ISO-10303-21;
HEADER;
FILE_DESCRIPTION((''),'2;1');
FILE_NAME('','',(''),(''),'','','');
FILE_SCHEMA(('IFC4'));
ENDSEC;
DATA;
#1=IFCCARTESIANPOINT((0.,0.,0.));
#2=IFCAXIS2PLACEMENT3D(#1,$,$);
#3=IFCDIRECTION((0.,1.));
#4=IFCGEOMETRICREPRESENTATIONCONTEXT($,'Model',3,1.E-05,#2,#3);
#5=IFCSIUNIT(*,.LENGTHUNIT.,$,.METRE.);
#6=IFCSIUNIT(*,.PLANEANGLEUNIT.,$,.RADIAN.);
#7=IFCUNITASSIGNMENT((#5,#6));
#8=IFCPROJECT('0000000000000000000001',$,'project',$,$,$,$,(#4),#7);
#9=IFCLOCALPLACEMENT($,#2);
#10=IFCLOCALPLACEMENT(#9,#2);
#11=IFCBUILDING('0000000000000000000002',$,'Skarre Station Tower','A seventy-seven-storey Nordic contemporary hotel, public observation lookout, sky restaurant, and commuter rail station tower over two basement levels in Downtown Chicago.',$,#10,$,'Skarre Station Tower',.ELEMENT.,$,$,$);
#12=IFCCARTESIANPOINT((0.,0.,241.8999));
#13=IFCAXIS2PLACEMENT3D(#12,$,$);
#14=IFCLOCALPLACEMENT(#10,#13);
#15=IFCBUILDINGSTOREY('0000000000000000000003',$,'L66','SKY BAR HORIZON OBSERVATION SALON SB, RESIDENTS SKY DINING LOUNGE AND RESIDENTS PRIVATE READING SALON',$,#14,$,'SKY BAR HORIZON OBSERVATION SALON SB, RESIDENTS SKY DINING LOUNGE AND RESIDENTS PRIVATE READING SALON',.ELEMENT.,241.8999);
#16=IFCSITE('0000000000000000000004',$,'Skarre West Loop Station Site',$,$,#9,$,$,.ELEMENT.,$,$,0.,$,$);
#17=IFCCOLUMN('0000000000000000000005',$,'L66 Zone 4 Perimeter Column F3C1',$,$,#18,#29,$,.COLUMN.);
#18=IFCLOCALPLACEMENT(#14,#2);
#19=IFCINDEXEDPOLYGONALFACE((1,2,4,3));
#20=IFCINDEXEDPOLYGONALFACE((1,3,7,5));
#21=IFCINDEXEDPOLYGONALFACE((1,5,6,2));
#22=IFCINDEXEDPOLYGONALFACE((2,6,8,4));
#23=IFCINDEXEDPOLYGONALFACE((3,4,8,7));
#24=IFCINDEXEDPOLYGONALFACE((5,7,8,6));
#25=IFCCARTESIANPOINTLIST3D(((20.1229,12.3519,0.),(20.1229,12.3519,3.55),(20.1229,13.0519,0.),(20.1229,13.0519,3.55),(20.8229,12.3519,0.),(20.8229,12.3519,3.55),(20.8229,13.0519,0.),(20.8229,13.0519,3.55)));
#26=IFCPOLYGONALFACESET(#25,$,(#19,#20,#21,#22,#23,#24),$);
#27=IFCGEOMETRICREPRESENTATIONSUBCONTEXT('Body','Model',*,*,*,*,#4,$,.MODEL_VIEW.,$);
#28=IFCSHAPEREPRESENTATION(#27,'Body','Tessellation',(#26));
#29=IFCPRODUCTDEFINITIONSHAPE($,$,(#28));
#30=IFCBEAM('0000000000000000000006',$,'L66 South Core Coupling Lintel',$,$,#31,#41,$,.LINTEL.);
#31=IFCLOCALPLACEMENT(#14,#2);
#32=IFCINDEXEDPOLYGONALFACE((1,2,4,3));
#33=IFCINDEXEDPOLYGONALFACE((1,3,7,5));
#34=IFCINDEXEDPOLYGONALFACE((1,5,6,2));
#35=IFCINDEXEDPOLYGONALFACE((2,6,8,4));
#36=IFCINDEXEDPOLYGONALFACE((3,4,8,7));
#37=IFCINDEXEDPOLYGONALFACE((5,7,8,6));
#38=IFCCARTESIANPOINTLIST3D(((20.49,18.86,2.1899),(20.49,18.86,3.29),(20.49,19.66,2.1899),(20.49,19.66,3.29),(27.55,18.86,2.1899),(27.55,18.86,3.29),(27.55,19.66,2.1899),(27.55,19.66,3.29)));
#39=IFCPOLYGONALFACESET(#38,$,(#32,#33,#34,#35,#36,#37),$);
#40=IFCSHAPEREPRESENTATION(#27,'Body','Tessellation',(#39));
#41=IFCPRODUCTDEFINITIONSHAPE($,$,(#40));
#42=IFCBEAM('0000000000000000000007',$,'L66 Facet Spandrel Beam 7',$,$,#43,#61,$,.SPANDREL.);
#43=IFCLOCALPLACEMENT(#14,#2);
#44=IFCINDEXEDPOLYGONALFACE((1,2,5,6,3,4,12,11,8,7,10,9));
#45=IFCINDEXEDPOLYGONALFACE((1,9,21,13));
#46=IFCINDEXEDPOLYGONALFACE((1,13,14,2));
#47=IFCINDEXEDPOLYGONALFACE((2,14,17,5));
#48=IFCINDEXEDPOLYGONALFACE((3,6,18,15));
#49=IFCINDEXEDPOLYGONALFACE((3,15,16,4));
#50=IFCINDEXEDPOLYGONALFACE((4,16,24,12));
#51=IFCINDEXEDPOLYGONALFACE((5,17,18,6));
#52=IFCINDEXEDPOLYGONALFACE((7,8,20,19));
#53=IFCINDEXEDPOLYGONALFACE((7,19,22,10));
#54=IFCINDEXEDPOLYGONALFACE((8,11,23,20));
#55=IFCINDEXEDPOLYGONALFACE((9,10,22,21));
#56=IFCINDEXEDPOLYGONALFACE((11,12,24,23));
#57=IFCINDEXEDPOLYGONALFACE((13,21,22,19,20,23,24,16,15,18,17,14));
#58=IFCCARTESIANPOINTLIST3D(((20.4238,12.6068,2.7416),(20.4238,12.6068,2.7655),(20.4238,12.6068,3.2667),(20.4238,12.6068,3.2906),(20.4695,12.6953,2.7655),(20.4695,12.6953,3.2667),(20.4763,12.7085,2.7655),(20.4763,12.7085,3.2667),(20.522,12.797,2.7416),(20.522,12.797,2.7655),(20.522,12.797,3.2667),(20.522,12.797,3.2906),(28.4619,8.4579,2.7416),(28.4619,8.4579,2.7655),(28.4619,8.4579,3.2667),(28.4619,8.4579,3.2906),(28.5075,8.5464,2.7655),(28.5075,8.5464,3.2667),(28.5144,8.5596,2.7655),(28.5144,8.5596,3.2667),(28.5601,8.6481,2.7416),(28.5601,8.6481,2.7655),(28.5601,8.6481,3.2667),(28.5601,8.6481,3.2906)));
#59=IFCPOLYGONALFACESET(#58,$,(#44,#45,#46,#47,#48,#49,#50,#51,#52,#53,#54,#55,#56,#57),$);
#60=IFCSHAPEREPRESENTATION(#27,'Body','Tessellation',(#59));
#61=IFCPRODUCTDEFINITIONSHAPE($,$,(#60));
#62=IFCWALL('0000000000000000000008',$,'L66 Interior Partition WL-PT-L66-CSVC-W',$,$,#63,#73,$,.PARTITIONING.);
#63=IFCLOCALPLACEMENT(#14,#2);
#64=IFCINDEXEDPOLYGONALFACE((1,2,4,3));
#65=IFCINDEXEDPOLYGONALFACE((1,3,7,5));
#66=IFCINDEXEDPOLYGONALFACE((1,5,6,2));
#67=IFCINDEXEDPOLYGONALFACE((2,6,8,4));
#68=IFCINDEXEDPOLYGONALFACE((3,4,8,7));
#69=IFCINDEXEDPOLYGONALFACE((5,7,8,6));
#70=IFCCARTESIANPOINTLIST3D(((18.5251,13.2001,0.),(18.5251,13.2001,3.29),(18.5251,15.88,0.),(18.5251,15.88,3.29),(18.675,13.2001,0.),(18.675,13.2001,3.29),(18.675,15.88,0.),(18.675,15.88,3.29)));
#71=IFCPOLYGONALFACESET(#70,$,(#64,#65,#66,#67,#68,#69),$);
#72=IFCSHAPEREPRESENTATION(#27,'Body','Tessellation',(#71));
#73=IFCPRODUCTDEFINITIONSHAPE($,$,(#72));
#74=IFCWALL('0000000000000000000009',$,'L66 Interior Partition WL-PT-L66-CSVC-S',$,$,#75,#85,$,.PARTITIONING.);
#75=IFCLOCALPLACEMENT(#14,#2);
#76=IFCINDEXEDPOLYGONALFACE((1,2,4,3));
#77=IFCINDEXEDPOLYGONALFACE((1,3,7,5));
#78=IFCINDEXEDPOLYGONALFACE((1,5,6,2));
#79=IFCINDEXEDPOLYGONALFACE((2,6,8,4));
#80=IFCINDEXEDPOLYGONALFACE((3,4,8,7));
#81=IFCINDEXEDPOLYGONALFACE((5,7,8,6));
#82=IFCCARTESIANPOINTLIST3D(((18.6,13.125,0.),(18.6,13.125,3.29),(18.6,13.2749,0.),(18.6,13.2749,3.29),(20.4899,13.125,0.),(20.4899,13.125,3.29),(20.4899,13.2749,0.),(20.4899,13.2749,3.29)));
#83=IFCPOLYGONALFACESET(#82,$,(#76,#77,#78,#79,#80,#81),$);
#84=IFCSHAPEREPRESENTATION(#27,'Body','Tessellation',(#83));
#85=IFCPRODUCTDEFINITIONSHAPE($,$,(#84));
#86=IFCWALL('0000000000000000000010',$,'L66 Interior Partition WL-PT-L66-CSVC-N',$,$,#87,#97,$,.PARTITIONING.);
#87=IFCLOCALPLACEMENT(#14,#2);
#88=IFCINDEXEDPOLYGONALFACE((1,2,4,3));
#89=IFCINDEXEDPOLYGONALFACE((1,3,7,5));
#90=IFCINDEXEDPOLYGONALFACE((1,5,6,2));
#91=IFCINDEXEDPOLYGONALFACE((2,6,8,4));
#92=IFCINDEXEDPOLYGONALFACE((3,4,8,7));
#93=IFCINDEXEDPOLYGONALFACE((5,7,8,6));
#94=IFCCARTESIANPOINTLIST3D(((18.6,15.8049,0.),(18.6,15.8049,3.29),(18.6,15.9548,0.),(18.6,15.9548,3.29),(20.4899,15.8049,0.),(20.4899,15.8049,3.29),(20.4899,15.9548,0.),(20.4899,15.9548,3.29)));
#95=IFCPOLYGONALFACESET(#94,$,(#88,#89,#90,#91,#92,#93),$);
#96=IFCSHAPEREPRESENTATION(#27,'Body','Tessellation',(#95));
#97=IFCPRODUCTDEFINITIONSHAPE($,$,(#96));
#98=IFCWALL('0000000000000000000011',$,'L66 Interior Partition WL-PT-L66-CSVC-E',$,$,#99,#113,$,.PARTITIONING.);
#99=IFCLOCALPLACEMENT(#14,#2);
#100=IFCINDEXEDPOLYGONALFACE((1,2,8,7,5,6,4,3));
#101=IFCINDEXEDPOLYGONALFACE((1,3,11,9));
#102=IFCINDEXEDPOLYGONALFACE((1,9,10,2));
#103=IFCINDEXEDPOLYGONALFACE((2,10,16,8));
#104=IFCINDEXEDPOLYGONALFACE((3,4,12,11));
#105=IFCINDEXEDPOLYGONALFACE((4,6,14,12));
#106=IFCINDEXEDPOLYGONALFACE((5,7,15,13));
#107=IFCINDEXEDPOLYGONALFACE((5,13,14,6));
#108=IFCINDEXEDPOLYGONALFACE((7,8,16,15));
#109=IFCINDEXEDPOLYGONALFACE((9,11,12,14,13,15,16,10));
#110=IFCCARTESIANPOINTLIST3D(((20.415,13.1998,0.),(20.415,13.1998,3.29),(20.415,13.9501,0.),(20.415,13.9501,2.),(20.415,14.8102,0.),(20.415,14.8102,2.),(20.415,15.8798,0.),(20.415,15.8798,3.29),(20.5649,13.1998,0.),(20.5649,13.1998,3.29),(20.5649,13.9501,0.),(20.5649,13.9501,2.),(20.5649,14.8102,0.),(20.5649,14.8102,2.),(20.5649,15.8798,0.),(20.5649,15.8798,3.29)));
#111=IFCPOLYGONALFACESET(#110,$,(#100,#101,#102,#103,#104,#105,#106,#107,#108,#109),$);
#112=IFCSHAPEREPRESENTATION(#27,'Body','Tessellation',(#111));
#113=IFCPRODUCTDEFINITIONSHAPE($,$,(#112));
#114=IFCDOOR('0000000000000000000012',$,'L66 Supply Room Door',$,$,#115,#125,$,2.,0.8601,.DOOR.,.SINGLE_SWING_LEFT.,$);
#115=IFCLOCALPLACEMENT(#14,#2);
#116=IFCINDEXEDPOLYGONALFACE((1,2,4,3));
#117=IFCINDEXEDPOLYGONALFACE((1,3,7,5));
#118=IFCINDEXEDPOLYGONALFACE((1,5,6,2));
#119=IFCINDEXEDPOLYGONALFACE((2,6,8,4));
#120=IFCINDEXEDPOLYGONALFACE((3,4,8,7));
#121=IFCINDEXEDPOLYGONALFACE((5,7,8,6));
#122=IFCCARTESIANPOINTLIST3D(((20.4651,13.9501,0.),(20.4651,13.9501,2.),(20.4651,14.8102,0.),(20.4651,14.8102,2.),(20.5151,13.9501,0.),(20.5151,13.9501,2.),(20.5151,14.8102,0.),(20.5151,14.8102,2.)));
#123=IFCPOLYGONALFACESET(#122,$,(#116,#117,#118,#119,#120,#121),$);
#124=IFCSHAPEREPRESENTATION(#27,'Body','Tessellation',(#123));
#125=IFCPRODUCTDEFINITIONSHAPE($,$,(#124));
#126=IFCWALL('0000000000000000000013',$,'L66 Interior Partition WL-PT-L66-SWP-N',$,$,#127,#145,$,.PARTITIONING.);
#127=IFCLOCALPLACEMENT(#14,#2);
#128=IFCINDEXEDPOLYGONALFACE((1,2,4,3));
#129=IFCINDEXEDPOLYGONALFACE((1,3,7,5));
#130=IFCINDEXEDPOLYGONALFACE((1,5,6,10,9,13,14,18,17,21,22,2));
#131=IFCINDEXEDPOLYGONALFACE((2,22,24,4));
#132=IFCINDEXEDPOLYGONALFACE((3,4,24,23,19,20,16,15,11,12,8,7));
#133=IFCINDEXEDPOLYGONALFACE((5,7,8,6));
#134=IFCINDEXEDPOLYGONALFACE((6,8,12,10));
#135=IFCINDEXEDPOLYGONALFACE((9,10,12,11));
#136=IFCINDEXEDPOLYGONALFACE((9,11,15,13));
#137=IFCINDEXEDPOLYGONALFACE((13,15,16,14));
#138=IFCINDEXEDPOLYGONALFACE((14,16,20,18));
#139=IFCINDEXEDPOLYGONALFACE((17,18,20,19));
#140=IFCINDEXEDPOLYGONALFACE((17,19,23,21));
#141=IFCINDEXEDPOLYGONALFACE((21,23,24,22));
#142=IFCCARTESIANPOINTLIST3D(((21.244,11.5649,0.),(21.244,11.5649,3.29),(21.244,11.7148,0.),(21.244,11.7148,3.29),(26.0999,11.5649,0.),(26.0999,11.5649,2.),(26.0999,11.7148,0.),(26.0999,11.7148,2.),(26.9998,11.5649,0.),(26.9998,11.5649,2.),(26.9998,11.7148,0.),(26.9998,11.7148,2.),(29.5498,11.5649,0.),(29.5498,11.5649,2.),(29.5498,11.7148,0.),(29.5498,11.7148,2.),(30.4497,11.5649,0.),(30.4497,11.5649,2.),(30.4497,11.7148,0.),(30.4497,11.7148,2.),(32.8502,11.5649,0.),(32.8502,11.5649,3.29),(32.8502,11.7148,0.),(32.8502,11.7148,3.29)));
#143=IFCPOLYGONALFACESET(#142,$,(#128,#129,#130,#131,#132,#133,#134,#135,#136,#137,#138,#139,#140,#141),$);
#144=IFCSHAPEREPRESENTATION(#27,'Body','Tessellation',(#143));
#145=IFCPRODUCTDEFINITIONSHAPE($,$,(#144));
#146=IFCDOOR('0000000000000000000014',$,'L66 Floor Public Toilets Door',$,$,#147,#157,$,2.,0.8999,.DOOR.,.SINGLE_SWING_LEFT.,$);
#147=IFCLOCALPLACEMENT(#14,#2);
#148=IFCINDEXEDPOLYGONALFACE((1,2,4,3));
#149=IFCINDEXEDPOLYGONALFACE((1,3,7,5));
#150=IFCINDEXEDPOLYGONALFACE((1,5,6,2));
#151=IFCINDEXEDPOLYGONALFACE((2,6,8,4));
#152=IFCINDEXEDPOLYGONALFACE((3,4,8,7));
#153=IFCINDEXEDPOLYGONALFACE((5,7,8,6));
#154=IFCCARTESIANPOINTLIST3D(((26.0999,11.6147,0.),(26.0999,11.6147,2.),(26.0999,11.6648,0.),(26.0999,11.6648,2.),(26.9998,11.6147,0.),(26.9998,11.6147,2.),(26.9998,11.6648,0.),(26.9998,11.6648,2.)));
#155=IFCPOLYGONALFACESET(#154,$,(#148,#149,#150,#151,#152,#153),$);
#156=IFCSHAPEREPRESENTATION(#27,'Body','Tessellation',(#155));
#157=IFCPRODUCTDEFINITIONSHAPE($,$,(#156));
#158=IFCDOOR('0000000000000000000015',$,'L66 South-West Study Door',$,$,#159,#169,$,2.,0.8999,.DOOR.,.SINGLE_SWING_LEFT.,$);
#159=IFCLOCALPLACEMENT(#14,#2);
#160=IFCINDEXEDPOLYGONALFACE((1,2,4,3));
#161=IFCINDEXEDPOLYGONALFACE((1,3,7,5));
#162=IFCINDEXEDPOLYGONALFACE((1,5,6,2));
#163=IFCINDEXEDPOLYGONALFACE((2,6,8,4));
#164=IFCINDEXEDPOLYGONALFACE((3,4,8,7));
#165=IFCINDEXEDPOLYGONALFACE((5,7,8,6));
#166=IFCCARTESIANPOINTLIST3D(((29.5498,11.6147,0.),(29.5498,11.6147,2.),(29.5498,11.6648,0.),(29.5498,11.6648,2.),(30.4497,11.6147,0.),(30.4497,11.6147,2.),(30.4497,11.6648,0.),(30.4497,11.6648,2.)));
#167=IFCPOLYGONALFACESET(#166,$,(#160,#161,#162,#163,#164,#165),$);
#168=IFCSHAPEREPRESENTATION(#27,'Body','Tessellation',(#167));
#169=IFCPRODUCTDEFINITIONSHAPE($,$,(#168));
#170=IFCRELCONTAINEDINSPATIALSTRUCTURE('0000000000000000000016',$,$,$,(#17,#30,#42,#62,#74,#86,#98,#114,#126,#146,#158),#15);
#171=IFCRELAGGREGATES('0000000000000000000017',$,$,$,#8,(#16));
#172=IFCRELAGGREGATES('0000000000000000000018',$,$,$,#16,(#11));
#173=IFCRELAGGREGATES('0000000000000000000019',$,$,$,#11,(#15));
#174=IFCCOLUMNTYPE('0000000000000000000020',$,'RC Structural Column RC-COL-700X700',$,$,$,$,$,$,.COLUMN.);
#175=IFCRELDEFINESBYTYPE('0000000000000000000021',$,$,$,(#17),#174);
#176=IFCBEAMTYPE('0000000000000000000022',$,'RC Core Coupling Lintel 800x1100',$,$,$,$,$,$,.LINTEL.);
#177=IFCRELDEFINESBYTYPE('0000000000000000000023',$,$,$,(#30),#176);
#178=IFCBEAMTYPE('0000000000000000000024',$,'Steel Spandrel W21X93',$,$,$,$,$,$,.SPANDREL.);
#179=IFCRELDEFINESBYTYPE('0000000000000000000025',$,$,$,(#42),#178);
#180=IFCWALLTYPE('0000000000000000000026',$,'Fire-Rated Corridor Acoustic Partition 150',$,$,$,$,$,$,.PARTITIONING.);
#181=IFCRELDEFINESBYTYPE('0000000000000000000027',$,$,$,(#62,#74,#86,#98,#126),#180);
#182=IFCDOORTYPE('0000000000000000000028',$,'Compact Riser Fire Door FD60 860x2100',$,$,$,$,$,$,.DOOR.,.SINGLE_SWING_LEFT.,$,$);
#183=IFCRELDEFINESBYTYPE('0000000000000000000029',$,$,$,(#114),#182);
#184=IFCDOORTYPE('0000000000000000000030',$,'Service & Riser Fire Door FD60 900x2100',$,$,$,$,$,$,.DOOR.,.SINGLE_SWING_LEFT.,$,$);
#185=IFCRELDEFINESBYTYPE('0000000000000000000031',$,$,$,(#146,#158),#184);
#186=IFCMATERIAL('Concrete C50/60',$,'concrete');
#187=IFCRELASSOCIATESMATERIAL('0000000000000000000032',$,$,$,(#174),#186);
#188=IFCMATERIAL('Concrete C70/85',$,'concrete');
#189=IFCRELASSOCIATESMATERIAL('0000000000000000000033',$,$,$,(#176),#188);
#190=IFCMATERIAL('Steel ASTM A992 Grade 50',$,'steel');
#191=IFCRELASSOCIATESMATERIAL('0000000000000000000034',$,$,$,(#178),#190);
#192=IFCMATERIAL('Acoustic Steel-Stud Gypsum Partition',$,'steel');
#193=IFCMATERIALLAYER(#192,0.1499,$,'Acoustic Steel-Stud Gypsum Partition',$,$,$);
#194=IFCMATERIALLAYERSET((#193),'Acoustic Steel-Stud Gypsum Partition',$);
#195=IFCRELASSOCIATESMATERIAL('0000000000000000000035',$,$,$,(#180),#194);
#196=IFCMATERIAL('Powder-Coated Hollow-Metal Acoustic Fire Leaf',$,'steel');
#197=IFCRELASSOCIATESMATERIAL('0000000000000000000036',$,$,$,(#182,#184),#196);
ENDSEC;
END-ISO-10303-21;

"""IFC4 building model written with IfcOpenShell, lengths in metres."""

from ifc_helpers import new_model, si_unit, direction, frame, frame_2d, origin, origin_2d, place, context, subcontext, project, spatial, rectangle, i_section, extrude, material, layer, layer_set, material_profile, profile_set, type_object, element, fill, save


model = new_model("IFC4")

# Units and contexts
model_context = context("Model", 3, precision=1e-05, world=origin(), true_north=direction((0.0, 1.0)))
body_context = subcontext(model_context, "Body", "Model", "MODEL_VIEW")
ifc_project = project(units=[si_unit("LENGTHUNIT", "METRE"), si_unit("PLANEANGLEUNIT", "RADIAN")], contexts=[model_context])

# Site, building, storey
site_placement = place(None, origin())
site = spatial("IfcSite", under=ifc_project, at=site_placement, Name="Skarre West Loop Station Site", CompositionType="ELEMENT", RefElevation=0.0)
building_placement = place(site_placement, origin())
building = spatial("IfcBuilding", under=site, at=building_placement, Name="Skarre Station Tower", Description="A seventy-seven-storey Nordic contemporary hotel, public observation lookout, sky restaurant, and commuter rail station tower over two basement levels in Downtown Chicago.", LongName="Skarre Station Tower", CompositionType="ELEMENT")
storey_placement = place(building_placement, frame((0.0, 0.0, 241.8999)))
storey = spatial("IfcBuildingStorey", under=building, at=storey_placement, Name="L66", Description="SKY BAR HORIZON OBSERVATION SALON SB, RESIDENTS SKY DINING LOUNGE AND RESIDENTS PRIVATE READING SALON", LongName="SKY BAR HORIZON OBSERVATION SALON SB, RESIDENTS SKY DINING LOUNGE AND RESIDENTS PRIVATE READING SALON", CompositionType="ELEMENT", Elevation=241.8999)

# Column
ifc_material_1 = material(Name="Concrete C50/60", Category="concrete")
ifc_material_profile_1 = material_profile(ifc_material_1, rectangle(XDim=0.7, YDim=0.7, at=origin_2d()), Name="Concrete C50/60")
ifc_profile_set_1 = profile_set([ifc_material_profile_1], Name="Concrete C50/60")
column_type = type_object("IfcColumnType", Name="RC Structural Column RC-COL-700X700", PredefinedType="COLUMN", material=ifc_profile_set_1)
column_placement = place(storey_placement, frame((20.4729, 12.7019, 0.0), z_axis=(0.0, 0.0, 1.0), x_axis=(1.0, 0.0, 0.0)))
element("IfcColumn", 1, at=column_placement, inside=storey, type_object=column_type, Name="L66 Zone 4 Perimeter Column F3C1", PredefinedType="COLUMN", context=body_context, shape_type="SweptSolid", body=[
    extrude(rectangle(XDim=0.7, YDim=0.7, at=origin_2d()), origin(), (0.0, 0.0, 1.0), 3.55),
])

# Beams
ifc_material_2 = material(Name="Concrete C70/85", Category="concrete")
ifc_material_profile_2 = material_profile(ifc_material_2, rectangle(XDim=0.8, YDim=1.1001, at=origin_2d()), Name="Concrete C70/85")
ifc_profile_set_2 = profile_set([ifc_material_profile_2], Name="Concrete C70/85")
beam_type_1 = type_object("IfcBeamType", Name="RC Core Coupling Lintel 800x1100", PredefinedType="LINTEL", material=ifc_profile_set_2)
beam_1_placement = place(storey_placement, frame((20.49, 19.26, 2.74), z_axis=(1.0, 0.0, 0.0), x_axis=(0.0, 1.0, 0.0)))
element("IfcBeam", 2, at=beam_1_placement, inside=storey, type_object=beam_type_1, Name="L66 South Core Coupling Lintel", PredefinedType="LINTEL", context=body_context, shape_type="SweptSolid", body=[
    extrude(rectangle(XDim=0.8, YDim=1.1001, at=origin_2d()), origin(), (0.0, 0.0, 1.0), 7.0601),
])
ifc_material_3 = material(Name="Steel ASTM A992 Grade 50", Category="steel")
ifc_material_profile_3 = material_profile(ifc_material_3, i_section(OverallWidth=0.2141, OverallDepth=0.5491, WebThickness=0.0149, FlangeThickness=0.0239, at=origin_2d()), Name="Steel ASTM A992 Grade 50")
ifc_profile_set_3 = profile_set([ifc_material_profile_3], Name="Steel ASTM A992 Grade 50")
beam_type_2 = type_object("IfcBeamType", Name="Steel Spandrel W21X93", PredefinedType="SPANDREL", material=ifc_profile_set_3)
beam_2_placement = place(storey_placement, frame((20.4729, 12.7019, 3.0161), z_axis=(0.88861, -0.458664, 0.0), x_axis=(0.458664, 0.88861, 0.0)))
element("IfcBeam", 3, at=beam_2_placement, inside=storey, type_object=beam_type_2, Name="L66 Facet Spandrel Beam 7", PredefinedType="SPANDREL", context=body_context, shape_type="SweptSolid", body=[
    extrude(i_section(OverallWidth=0.2141, OverallDepth=0.5491, WebThickness=0.0149, FlangeThickness=0.0239, at=origin_2d()), origin(), (0.0, 0.0, 1.0), 9.0457),
])

# Walls
ifc_material_4 = material(Name="Acoustic Steel-Stud Gypsum Partition", Category="steel")
ifc_layer_1 = layer(ifc_material_4, 0.1499, Name="Acoustic Steel-Stud Gypsum Partition")
ifc_layer_set_1 = layer_set([ifc_layer_1], Name="Acoustic Steel-Stud Gypsum Partition")
wall_type_1 = type_object("IfcWallType", Name="Fire-Rated Corridor Acoustic Partition 150", PredefinedType="PARTITIONING", material=ifc_layer_set_1)
wall_1_placement = place(storey_placement, frame((18.6001, 15.8799, 0.0), z_axis=(0.0, 0.0, 1.0), x_axis=(0.0, -1.0, 0.0)))
element("IfcWall", 4, at=wall_1_placement, inside=storey, type_object=wall_type_1, Name="L66 Interior Partition WL-PT-L66-CSVC-W", PredefinedType="PARTITIONING", context=body_context, shape_type="SweptSolid", body=[
    extrude(rectangle(XDim=2.6799, YDim=0.1499, at=frame_2d((1.3398, 0.0))), origin(), (0.0, 0.0, 1.0), 3.29),
])
for number, where, z_axis, x_axis, name in (
    (5, (18.6001, 13.2, 0.0), (0.0, 0.0, 1.0), (1.0, 0.0, 0.0), "L66 Interior Partition WL-PT-L66-CSVC-S"),
    (6, (18.6001, 15.8799, 0.0), (0.0, 0.0, 1.0), (1.0, 0.0, 0.0), "L66 Interior Partition WL-PT-L66-CSVC-N"),
):
    element("IfcWall", number, at=place(storey_placement, frame(where, z_axis=z_axis, x_axis=x_axis)), inside=storey, type_object=wall_type_1, Name=name, PredefinedType="PARTITIONING", context=body_context, shape_type="SweptSolid", body=[
        extrude(rectangle(XDim=1.8899, YDim=0.1499, at=frame_2d((0.9448, 0.0))), origin(), (0.0, 0.0, 1.0), 3.29),
    ])

# Wall, opening, door
wall_2_placement = place(storey_placement, frame((20.49, 13.2, 0.0), z_axis=(0.0, 0.0, 1.0), x_axis=(0.0, 1.0, 0.0)))
wall_2 = element("IfcWall", 7, at=wall_2_placement, inside=storey, type_object=wall_type_1, Name="L66 Interior Partition WL-PT-L66-CSVC-E", PredefinedType="PARTITIONING", context=body_context, shape_type="SweptSolid", body=[
    extrude(rectangle(XDim=2.6799, YDim=0.1499, at=frame_2d((1.3398, 0.0))), origin(), (0.0, 0.0, 1.0), 3.29),
])
opening_1_placement = place(wall_2_placement, frame((0.75, 0.0, 0.0)))
opening_1 = element("IfcOpeningElement", 8, at=opening_1_placement, cuts=wall_2, PredefinedType="OPENING", context=body_context, shape_type="SweptSolid", body=[
    extrude(rectangle(XDim=0.8601, YDim=2.0, at=frame_2d((0.4302, 1.0))), frame((0.0, 0.085, 0.0), z_axis=(0.0, -1.0, 0.0), x_axis=(1.0, 0.0, 0.0)), (0.0, 0.0, 1.0), 0.1699),
])
ifc_material_5 = material(Name="Powder-Coated Hollow-Metal Acoustic Fire Leaf", Category="steel")
door_type_1 = type_object("IfcDoorType", Name="Compact Riser Fire Door FD60 860x2100", OperationType="SINGLE_SWING_LEFT", PredefinedType="DOOR", material=ifc_material_5)
door_1_placement = place(opening_1_placement, origin())
door_1 = element("IfcDoor", 9, at=door_1_placement, inside=storey, type_object=door_type_1, Name="L66 Supply Room Door", OperationType="SINGLE_SWING_LEFT", OverallHeight=2.0, OverallWidth=0.8601, PredefinedType="DOOR", context=body_context, shape_type="SweptSolid", body=[
    extrude(rectangle(XDim=0.8601, YDim=2.0, at=frame_2d((0.4302, 1.0))), frame((0.0, 0.0249, 0.0), z_axis=(0.0, -1.0, 0.0), x_axis=(1.0, 0.0, 0.0)), (0.0, 0.0, 1.0), 0.05),
])
fill(opening_1, door_1)

# Wall, openings, doors
wall_3_placement = place(storey_placement, frame((21.2439, 11.6399, 0.0), z_axis=(0.0, 0.0, 1.0), x_axis=(1.0, 0.0, 0.0)))
wall_3 = element("IfcWall", 10, at=wall_3_placement, inside=storey, type_object=wall_type_1, Name="L66 Interior Partition WL-PT-L66-SWP-N", PredefinedType="PARTITIONING", context=body_context, shape_type="SweptSolid", body=[
    extrude(rectangle(XDim=11.6062, YDim=0.1499, at=frame_2d((5.8032, 0.0))), origin(), (0.0, 0.0, 1.0), 3.29),
])
opening_2_placement = place(wall_3_placement, frame((4.856, 0.0, 0.0)))
opening_2 = element("IfcOpeningElement", 11, at=opening_2_placement, cuts=wall_3, PredefinedType="OPENING", context=body_context, shape_type="SweptSolid", body=[
    extrude(rectangle(XDim=0.8999, YDim=2.0, at=frame_2d((0.45, 1.0))), frame((0.0, 0.085, 0.0), z_axis=(0.0, -1.0, 0.0), x_axis=(1.0, 0.0, 0.0)), (0.0, 0.0, 1.0), 0.1699),
])
opening_3_placement = place(wall_3_placement, frame((8.3059, 0.0, 0.0)))
opening_3 = element("IfcOpeningElement", 12, at=opening_3_placement, cuts=wall_3, PredefinedType="OPENING", context=body_context, shape_type="SweptSolid", body=[
    extrude(rectangle(XDim=0.8999, YDim=2.0, at=frame_2d((0.45, 1.0))), frame((0.0, 0.085, 0.0), z_axis=(0.0, -1.0, 0.0), x_axis=(1.0, 0.0, 0.0)), (0.0, 0.0, 1.0), 0.1699),
])
door_type_2 = type_object("IfcDoorType", Name="Service & Riser Fire Door FD60 900x2100", OperationType="SINGLE_SWING_LEFT", PredefinedType="DOOR", material=ifc_material_5)
door_2_placement = place(opening_2_placement, origin())
door_2 = element("IfcDoor", 13, at=door_2_placement, inside=storey, type_object=door_type_2, Name="L66 Floor Public Toilets Door", OperationType="SINGLE_SWING_LEFT", OverallHeight=2.0, OverallWidth=0.8999, PredefinedType="DOOR", context=body_context, shape_type="SweptSolid", body=[
    extrude(rectangle(XDim=0.8999, YDim=2.0, at=frame_2d((0.45, 1.0))), frame((0.0, 0.0249, 0.0), z_axis=(0.0, -1.0, 0.0), x_axis=(1.0, 0.0, 0.0)), (0.0, 0.0, 1.0), 0.05),
])
fill(opening_2, door_2)
door_3_placement = place(opening_3_placement, origin())
door_3 = element("IfcDoor", 14, at=door_3_placement, inside=storey, type_object=door_type_2, Name="L66 South-West Study Door", OperationType="SINGLE_SWING_LEFT", OverallHeight=2.0, OverallWidth=0.8999, PredefinedType="DOOR", context=body_context, shape_type="SweptSolid", body=[
    extrude(rectangle(XDim=0.8999, YDim=2.0, at=frame_2d((0.45, 1.0))), frame((0.0, 0.0249, 0.0), z_axis=(0.0, -1.0, 0.0), x_axis=(1.0, 0.0, 0.0)), (0.0, 0.0, 1.0), 0.05),
])
fill(opening_3, door_3)

save(model, "model.ifc")
